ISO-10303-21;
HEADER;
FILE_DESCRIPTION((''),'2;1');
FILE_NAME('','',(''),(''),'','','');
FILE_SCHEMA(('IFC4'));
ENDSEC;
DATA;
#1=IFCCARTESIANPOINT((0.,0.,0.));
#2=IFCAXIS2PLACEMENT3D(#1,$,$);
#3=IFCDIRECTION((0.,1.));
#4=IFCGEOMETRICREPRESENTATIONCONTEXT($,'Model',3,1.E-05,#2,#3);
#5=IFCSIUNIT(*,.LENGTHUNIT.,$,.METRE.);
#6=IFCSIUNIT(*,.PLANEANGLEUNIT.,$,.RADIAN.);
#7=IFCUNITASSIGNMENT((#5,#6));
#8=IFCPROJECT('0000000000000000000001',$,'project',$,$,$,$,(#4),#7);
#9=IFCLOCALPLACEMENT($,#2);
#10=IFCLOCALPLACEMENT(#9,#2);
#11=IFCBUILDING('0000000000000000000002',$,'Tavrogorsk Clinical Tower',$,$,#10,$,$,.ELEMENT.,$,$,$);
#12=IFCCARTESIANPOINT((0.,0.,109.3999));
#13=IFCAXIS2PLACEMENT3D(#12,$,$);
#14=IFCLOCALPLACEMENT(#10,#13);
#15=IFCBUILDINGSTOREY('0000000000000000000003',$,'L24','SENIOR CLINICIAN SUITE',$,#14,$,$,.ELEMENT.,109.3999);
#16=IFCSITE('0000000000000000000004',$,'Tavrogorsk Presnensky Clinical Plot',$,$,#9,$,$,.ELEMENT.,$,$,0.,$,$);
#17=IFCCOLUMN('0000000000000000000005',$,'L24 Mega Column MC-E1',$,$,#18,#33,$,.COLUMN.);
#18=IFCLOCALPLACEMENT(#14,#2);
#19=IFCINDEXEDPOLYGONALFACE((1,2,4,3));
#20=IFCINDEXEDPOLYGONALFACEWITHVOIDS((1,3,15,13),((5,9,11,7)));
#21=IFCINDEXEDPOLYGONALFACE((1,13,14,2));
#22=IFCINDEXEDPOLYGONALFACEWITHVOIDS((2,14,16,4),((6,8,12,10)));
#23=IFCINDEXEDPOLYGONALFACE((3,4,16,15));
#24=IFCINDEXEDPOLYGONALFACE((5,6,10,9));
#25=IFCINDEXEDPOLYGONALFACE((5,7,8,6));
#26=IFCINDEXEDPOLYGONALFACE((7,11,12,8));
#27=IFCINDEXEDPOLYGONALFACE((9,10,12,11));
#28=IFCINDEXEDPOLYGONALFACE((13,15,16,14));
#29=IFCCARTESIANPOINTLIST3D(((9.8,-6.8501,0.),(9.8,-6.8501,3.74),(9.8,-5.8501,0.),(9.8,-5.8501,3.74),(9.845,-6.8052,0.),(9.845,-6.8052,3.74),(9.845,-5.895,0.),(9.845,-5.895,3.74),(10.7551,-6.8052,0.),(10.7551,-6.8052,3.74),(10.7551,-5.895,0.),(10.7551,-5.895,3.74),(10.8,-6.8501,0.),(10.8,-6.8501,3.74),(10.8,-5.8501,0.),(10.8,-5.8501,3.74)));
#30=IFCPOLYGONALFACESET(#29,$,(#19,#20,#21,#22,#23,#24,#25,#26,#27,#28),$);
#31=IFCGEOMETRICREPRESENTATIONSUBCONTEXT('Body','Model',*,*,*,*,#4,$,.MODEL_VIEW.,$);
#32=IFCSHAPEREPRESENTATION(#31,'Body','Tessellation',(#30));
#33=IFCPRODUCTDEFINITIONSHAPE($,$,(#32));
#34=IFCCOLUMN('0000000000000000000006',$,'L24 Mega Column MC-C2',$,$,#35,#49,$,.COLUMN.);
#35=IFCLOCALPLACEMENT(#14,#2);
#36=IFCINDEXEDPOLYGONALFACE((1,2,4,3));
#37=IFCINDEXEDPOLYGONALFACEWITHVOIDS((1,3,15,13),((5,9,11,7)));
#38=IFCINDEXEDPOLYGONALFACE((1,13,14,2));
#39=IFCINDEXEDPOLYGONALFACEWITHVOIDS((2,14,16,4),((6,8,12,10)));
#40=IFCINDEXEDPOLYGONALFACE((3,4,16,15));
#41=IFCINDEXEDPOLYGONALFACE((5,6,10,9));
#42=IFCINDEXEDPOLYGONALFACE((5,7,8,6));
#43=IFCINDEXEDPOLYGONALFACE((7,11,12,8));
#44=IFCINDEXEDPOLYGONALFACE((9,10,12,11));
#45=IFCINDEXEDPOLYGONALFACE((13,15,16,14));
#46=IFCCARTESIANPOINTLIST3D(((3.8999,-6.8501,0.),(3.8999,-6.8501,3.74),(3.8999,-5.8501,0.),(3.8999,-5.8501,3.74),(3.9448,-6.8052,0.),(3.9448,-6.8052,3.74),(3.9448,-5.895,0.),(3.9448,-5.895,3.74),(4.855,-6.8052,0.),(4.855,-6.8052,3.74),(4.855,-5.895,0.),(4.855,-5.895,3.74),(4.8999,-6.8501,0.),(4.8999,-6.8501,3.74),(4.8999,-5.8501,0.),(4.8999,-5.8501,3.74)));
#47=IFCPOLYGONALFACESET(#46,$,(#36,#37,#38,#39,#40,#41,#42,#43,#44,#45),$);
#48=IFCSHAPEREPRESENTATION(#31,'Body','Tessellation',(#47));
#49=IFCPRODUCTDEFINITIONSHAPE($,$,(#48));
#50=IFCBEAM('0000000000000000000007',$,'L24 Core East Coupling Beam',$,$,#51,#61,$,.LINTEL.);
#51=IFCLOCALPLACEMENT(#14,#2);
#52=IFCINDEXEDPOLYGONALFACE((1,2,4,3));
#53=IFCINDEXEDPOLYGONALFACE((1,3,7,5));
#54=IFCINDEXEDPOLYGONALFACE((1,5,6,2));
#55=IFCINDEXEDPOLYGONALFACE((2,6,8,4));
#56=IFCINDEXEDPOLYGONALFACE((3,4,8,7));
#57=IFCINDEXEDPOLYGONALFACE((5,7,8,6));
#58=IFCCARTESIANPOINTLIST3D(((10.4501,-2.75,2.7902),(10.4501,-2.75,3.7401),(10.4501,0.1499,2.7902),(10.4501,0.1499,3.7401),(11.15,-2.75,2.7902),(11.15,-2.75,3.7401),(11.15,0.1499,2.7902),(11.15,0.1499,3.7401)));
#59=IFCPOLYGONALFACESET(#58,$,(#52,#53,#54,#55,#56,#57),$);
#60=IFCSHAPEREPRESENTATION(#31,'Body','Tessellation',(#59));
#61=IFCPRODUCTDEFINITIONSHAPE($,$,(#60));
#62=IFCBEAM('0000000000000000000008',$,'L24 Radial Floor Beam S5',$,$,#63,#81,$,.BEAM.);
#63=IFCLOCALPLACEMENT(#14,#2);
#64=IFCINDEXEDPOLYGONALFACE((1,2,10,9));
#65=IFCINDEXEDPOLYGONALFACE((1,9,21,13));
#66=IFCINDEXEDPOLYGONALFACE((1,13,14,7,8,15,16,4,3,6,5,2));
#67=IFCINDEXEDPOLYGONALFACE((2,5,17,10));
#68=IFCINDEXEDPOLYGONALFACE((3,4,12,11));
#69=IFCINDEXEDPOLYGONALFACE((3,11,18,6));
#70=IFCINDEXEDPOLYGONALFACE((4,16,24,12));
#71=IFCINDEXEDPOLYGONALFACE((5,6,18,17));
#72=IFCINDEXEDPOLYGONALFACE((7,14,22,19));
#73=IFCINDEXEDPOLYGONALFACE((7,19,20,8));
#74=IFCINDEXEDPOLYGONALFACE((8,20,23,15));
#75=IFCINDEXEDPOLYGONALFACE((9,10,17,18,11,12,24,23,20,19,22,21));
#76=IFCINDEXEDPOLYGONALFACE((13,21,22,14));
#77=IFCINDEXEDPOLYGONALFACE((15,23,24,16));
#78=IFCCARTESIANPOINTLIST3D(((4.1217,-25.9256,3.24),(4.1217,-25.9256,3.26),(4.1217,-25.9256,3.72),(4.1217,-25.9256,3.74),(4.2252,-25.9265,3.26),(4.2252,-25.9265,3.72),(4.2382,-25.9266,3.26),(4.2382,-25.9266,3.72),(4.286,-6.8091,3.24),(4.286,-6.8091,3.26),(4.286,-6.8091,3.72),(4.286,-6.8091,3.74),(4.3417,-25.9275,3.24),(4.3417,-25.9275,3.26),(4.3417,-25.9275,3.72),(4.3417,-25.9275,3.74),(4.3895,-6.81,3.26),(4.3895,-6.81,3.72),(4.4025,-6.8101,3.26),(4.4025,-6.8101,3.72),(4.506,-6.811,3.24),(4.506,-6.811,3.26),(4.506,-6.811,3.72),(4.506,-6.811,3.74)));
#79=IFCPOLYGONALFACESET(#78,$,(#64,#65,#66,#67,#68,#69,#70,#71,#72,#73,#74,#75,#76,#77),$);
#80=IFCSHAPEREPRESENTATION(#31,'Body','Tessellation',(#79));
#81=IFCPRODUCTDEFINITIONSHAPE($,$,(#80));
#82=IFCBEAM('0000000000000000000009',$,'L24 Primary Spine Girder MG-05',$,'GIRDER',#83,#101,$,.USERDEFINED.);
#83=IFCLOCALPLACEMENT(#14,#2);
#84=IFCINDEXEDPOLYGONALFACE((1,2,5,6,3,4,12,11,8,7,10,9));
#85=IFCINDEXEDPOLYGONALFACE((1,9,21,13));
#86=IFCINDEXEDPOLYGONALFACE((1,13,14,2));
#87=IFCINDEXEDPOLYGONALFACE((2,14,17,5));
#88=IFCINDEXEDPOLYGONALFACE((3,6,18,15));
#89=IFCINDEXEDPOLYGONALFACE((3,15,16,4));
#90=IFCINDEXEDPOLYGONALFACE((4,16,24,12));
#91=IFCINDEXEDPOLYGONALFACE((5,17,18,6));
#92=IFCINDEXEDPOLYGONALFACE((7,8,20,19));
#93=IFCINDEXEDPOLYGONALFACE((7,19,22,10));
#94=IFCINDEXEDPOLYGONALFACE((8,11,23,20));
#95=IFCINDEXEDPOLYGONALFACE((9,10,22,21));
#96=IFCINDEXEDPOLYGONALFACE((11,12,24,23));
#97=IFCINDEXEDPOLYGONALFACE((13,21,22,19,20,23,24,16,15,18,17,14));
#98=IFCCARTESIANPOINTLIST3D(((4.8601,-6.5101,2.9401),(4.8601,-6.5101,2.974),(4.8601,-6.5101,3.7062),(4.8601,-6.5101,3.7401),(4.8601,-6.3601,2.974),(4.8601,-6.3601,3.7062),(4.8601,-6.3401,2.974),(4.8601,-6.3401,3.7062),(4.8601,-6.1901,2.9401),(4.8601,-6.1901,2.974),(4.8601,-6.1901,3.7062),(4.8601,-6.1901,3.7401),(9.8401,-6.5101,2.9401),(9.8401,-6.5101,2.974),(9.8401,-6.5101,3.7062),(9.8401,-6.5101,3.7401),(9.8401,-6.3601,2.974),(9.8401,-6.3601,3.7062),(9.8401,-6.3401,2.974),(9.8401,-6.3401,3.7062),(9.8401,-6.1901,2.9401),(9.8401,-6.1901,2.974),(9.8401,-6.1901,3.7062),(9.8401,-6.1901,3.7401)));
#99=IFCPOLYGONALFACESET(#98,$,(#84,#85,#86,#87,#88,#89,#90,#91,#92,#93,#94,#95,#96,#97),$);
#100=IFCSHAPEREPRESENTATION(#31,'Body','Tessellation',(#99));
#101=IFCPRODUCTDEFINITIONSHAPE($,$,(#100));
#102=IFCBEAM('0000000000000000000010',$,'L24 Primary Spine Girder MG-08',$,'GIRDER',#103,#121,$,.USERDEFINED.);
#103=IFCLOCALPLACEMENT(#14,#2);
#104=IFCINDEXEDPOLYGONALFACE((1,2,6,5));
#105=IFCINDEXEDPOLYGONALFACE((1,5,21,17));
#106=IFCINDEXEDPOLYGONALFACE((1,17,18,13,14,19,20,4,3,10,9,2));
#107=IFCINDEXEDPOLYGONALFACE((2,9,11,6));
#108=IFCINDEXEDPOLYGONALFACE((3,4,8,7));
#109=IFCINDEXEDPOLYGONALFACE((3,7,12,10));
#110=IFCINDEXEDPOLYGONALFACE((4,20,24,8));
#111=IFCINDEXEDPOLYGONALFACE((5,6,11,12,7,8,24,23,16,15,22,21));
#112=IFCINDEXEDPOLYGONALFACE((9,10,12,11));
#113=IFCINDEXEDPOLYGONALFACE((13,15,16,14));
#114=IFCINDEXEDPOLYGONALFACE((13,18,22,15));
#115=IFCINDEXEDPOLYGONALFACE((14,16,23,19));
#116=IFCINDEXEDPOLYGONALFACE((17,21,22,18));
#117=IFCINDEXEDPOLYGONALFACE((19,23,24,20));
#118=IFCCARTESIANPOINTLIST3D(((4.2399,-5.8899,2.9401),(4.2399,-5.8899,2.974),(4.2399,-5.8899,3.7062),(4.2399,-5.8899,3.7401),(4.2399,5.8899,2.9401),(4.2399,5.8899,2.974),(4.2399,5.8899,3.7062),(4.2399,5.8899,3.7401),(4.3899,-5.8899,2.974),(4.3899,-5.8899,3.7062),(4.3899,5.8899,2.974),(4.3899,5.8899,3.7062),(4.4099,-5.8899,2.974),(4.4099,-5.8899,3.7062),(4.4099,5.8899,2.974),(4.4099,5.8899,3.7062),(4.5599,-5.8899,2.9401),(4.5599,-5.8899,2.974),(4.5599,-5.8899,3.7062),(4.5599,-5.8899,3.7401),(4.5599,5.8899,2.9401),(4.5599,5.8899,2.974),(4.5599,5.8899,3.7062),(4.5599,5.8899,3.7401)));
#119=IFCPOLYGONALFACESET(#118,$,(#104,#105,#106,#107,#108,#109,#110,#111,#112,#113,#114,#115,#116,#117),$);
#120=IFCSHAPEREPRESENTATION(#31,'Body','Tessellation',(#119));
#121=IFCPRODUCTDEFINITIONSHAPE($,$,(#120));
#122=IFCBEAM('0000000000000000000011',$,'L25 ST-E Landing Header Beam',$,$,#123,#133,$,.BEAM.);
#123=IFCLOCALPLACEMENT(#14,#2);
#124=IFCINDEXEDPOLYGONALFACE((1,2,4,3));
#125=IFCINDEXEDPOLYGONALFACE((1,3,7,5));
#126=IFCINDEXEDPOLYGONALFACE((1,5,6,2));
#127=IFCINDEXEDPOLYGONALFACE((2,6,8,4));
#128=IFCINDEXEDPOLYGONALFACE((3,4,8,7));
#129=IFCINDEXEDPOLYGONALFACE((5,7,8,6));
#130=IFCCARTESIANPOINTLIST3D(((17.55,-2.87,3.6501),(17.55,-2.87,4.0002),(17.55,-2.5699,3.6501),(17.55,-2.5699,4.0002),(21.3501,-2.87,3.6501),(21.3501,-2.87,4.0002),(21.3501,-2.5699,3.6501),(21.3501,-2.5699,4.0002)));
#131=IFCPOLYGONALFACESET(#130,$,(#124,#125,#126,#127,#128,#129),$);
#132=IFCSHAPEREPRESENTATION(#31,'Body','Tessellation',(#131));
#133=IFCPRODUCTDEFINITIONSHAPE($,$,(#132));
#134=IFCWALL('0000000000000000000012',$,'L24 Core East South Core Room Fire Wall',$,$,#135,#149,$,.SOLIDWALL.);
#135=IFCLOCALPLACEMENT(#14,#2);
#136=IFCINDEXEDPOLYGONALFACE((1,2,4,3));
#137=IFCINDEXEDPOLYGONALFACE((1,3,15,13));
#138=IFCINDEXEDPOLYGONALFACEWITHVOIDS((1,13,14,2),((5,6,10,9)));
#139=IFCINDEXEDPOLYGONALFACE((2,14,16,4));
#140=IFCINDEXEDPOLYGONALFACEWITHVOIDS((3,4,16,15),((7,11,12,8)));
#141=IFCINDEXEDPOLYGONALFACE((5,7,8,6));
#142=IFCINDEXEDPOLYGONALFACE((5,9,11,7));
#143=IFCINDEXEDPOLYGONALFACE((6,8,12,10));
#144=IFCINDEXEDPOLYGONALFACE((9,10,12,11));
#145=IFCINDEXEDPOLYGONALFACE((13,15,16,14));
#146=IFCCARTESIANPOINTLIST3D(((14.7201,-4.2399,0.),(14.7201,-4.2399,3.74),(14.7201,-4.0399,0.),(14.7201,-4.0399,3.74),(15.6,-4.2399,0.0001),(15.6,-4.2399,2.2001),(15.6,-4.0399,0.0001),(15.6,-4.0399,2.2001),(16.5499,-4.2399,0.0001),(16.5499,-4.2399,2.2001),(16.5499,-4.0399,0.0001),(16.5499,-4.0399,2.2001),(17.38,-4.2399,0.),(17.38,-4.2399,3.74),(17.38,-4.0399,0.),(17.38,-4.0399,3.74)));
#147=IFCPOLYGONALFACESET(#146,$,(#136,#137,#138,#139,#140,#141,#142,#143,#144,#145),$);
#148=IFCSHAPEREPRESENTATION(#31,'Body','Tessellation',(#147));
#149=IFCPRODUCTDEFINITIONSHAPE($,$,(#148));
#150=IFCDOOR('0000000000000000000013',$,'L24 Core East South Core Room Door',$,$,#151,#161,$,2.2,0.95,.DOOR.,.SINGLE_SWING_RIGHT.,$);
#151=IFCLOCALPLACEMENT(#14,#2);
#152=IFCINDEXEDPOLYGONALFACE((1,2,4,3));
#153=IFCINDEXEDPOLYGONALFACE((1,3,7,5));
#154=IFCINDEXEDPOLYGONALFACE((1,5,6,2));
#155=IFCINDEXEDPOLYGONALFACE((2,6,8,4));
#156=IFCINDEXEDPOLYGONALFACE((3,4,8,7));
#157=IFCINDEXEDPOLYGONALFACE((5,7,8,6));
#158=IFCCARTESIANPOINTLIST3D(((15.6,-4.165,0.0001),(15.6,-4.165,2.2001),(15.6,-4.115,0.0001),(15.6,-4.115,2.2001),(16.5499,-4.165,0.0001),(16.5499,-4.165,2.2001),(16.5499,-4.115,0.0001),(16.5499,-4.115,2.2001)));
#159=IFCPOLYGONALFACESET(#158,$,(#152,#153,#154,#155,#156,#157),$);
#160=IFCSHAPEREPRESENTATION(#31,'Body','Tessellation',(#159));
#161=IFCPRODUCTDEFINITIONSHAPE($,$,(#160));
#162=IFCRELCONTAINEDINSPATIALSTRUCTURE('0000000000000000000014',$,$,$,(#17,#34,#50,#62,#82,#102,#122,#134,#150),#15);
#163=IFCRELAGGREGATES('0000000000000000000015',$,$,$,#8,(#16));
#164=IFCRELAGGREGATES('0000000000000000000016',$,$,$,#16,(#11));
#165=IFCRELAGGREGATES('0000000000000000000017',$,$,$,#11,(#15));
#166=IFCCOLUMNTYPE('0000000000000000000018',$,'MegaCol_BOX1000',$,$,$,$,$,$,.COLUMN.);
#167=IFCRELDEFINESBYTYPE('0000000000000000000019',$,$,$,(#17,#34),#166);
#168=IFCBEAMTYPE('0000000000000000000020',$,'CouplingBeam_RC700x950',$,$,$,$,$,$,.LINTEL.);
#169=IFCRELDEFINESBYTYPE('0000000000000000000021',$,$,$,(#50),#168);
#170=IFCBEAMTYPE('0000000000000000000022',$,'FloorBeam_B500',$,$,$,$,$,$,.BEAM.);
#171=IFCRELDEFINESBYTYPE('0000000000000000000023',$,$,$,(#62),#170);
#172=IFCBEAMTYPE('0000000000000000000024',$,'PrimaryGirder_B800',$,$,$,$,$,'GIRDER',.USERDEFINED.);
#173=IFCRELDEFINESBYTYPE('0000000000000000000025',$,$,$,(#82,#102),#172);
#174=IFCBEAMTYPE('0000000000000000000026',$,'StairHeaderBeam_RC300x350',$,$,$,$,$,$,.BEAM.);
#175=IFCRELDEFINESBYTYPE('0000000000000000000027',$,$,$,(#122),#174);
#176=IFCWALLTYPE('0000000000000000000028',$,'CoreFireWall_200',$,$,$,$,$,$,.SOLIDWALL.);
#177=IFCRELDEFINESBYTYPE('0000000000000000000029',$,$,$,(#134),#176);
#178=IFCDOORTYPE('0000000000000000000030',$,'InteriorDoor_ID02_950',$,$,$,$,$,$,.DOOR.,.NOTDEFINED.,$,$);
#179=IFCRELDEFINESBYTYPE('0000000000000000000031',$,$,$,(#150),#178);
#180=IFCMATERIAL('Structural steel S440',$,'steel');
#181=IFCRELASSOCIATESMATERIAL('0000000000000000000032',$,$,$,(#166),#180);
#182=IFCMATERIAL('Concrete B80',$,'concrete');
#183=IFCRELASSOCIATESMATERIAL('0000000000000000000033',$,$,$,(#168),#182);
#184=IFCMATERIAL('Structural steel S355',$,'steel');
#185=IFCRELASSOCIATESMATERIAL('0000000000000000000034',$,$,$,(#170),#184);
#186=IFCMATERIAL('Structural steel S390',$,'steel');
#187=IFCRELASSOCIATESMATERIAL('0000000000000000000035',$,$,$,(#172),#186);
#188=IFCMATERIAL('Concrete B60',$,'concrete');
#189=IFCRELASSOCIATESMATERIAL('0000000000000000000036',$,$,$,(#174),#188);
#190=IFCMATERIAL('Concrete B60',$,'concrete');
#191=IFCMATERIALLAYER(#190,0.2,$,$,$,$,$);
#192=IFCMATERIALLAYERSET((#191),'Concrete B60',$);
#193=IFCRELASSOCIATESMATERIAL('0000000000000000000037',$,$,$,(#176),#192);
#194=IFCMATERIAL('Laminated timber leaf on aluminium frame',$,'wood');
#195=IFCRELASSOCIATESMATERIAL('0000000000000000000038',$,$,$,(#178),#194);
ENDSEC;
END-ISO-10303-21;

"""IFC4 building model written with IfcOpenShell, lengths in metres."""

from ifc_helpers import new_model, si_unit, direction, frame, frame_2d, origin, origin_2d, place, context, subcontext, project, spatial, rectangle, hollow_rectangle, i_section, extrude, material, layer, layer_set, material_profile, profile_set, type_object, element, fill, save


model = new_model("IFC4")

# Units and contexts
model_context = context("Model", 3, precision=1e-05, world=origin(), true_north=direction((0.0, 1.0)))
body_context = subcontext(model_context, "Body", "Model", "MODEL_VIEW")
ifc_project = project(units=[si_unit("LENGTHUNIT", "METRE"), si_unit("PLANEANGLEUNIT", "RADIAN")], contexts=[model_context])

# Site, building, storey
site_placement = place(None, origin())
site = spatial("IfcSite", under=ifc_project, at=site_placement, Name="Tavrogorsk Presnensky Clinical Plot", CompositionType="ELEMENT", RefElevation=0.0)
building_placement = place(site_placement, origin())
building = spatial("IfcBuilding", under=site, at=building_placement, Name="Tavrogorsk Clinical Tower", CompositionType="ELEMENT")
storey_placement = place(building_placement, frame((0.0, 0.0, 109.3999)))
storey = spatial("IfcBuildingStorey", under=building, at=storey_placement, Name="L24", Description="SENIOR CLINICIAN SUITE", CompositionType="ELEMENT", Elevation=109.3999)

# Columns
ifc_material_1 = material(Name="Structural steel S440", Category="steel")
ifc_material_profile_1 = material_profile(ifc_material_1, hollow_rectangle(XDim=1.0, YDim=1.0, WallThickness=0.0449, at=origin_2d()), Name="BOX-1000x1000x45")
ifc_profile_set_1 = profile_set([ifc_material_profile_1], Name="Structural steel S440")
column_type = type_object("IfcColumnType", Name="MegaCol_BOX1000", PredefinedType="COLUMN", material=ifc_profile_set_1)
for number, where, z_axis, x_axis, name in (
    (1, (10.3, -6.3501, 0.0), (0.0, 0.0, 1.0), (1.0, 0.0, 0.0), "L24 Mega Column MC-E1"),
    (2, (4.3999, -6.3501, 0.0), (0.0, 0.0, 1.0), (1.0, 0.0, 0.0), "L24 Mega Column MC-C2"),
):
    element("IfcColumn", number, at=place(storey_placement, frame(where, z_axis=z_axis, x_axis=x_axis)), inside=storey, type_object=column_type, Name=name, PredefinedType="COLUMN", context=body_context, shape_type="SweptSolid", body=[
        extrude(hollow_rectangle(XDim=1.0, YDim=1.0, WallThickness=0.0449, at=origin_2d()), origin(), (0.0, 0.0, 1.0), 3.74),
    ])

# Beams
ifc_material_2 = material(Name="Concrete B80", Category="concrete")
ifc_material_profile_2 = material_profile(ifc_material_2, rectangle(XDim=0.7, YDim=0.95, at=origin_2d()), Name="RC-CB-700x950")
ifc_profile_set_2 = profile_set([ifc_material_profile_2], Name="Concrete B80")
beam_type_1 = type_object("IfcBeamType", Name="CouplingBeam_RC700x950", PredefinedType="LINTEL", material=ifc_profile_set_2)
beam_1_placement = place(storey_placement, frame((10.8, -2.75, 3.2651), z_axis=(0.0, 1.0, 0.0), x_axis=(-1.0, 0.0, 0.0)))
element("IfcBeam", 3, at=beam_1_placement, inside=storey, type_object=beam_type_1, Name="L24 Core East Coupling Beam", PredefinedType="LINTEL", context=body_context, shape_type="SweptSolid", body=[
    extrude(rectangle(XDim=0.7, YDim=0.95, at=origin_2d()), origin(), (0.0, 0.0, 1.0), 2.8999),
])
ifc_material_3 = material(Name="Structural steel S355", Category="steel")
ifc_material_profile_3 = material_profile(ifc_material_3, i_section(OverallWidth=0.22, OverallDepth=0.5, WebThickness=0.0129, FlangeThickness=0.02, at=origin_2d()), Name="B-500x220x13x20")
ifc_profile_set_3 = profile_set([ifc_material_profile_3], Name="Structural steel S355")
beam_type_2 = type_object("IfcBeamType", Name="FloorBeam_B500", PredefinedType="BEAM", material=ifc_profile_set_3)
beam_2_placement = place(storey_placement, frame((4.396, -6.8101, 3.49), z_axis=(-0.008595, -0.999963, 0.0), x_axis=(0.999963, -0.008595, 0.0)))
element("IfcBeam", 4, at=beam_2_placement, inside=storey, type_object=beam_type_2, Name="L24 Radial Floor Beam S5", PredefinedType="BEAM", context=body_context, shape_type="SweptSolid", body=[
    extrude(i_section(OverallWidth=0.22, OverallDepth=0.5, WebThickness=0.0129, FlangeThickness=0.02, at=origin_2d()), origin(), (0.0, 0.0, 1.0), 19.1172),
])
ifc_material_4 = material(Name="Structural steel S390", Category="steel")
ifc_material_profile_4 = material_profile(ifc_material_4, i_section(OverallWidth=0.3201, OverallDepth=0.8, WebThickness=0.02, FlangeThickness=0.0339, at=origin_2d()), Name="B-800x320x20x34")
ifc_profile_set_4 = profile_set([ifc_material_profile_4], Name="Structural steel S390")
beam_type_3 = type_object("IfcBeamType", Name="PrimaryGirder_B800", ElementType="GIRDER", PredefinedType="USERDEFINED", material=ifc_profile_set_4)
beam_3_placement = place(storey_placement, frame((4.8601, -6.3501, 3.3401), z_axis=(1.0, 0.0, 0.0), x_axis=(0.0, 1.0, 0.0)))
element("IfcBeam", 5, at=beam_3_placement, inside=storey, type_object=beam_type_3, Name="L24 Primary Spine Girder MG-05", ObjectType="GIRDER", PredefinedType="USERDEFINED", context=body_context, shape_type="SweptSolid", body=[
    extrude(i_section(OverallWidth=0.3201, OverallDepth=0.8, WebThickness=0.02, FlangeThickness=0.0339, at=origin_2d()), origin(), (0.0, 0.0, 1.0), 4.98),
])
beam_4_placement = place(storey_placement, frame((4.3999, -5.8899, 3.3401), z_axis=(0.0, 1.0, 0.0), x_axis=(-1.0, 0.0, 0.0)))
element("IfcBeam", 6, at=beam_4_placement, inside=storey, type_object=beam_type_3, Name="L24 Primary Spine Girder MG-08", ObjectType="GIRDER", PredefinedType="USERDEFINED", context=body_context, shape_type="SweptSolid", body=[
    extrude(i_section(OverallWidth=0.3201, OverallDepth=0.8, WebThickness=0.02, FlangeThickness=0.0339, at=origin_2d()), origin(), (0.0, 0.0, 1.0), 11.7798),
])
ifc_material_5 = material(Name="Concrete B60", Category="concrete")
ifc_material_profile_5 = material_profile(ifc_material_5, rectangle(XDim=0.3, YDim=0.3501, at=origin_2d()), Name="RC-SHB-300x350")
ifc_profile_set_5 = profile_set([ifc_material_profile_5], Name="Concrete B60")
beam_type_4 = type_object("IfcBeamType", Name="StairHeaderBeam_RC300x350", PredefinedType="BEAM", material=ifc_profile_set_5)
beam_5_placement = place(storey_placement, frame((17.55, -2.72, 3.8252), z_axis=(1.0, 0.0, 0.0), x_axis=(0.0, 1.0, 0.0)))
element("IfcBeam", 7, at=beam_5_placement, inside=storey, type_object=beam_type_4, Name="L25 ST-E Landing Header Beam", PredefinedType="BEAM", context=body_context, shape_type="SweptSolid", body=[
    extrude(rectangle(XDim=0.3, YDim=0.3501, at=origin_2d()), origin(), (0.0, 0.0, 1.0), 3.8),
])

# Wall, opening, door
ifc_material_6 = material(Name="Concrete B60", Category="concrete")
ifc_layer_1 = layer(ifc_material_6, 0.2)
ifc_layer_set_1 = layer_set([ifc_layer_1], Name="Concrete B60")
wall_type_1 = type_object("IfcWallType", Name="CoreFireWall_200", PredefinedType="SOLIDWALL", material=ifc_layer_set_1)
wall_1_placement = place(storey_placement, frame((14.72, -4.1399, 0.0), z_axis=(0.0, 0.0, 1.0), x_axis=(1.0, 0.0, 0.0)))
wall_1 = element("IfcWall", 8, at=wall_1_placement, inside=storey, type_object=wall_type_1, Name="L24 Core East South Core Room Fire Wall", PredefinedType="SOLIDWALL", context=body_context, shape_type="SweptSolid", body=[
    extrude(rectangle(XDim=2.6599, YDim=0.2, at=frame_2d((1.3301, 0.0))), origin(), (0.0, 0.0, 1.0), 3.74),
])
opening_1_placement = place(wall_1_placement, frame((0.8799, 0.0, 0.0)))
opening_1 = element("IfcOpeningElement", 9, at=opening_1_placement, cuts=wall_1, PredefinedType="OPENING", context=body_context, shape_type="SweptSolid", body=[
    extrude(rectangle(XDim=0.95, YDim=2.2, at=frame_2d((0.4751, 1.1001))), frame((0.0, 0.1099, 0.0), z_axis=(0.0, -1.0, 0.0), x_axis=(1.0, 0.0, 0.0)), (0.0, 0.0, 1.0), 0.22),
])
ifc_material_7 = material(Name="Laminated timber leaf on aluminium frame", Category="wood")
door_type_1 = type_object("IfcDoorType", Name="InteriorDoor_ID02_950", OperationType="NOTDEFINED", PredefinedType="DOOR", material=ifc_material_7)
door_1_placement = place(opening_1_placement, origin())
door_1 = element("IfcDoor", 10, at=door_1_placement, inside=storey, type_object=door_type_1, Name="L24 Core East South Core Room Door", OperationType="SINGLE_SWING_RIGHT", OverallHeight=2.2, OverallWidth=0.95, PredefinedType="DOOR", context=body_context, shape_type="SweptSolid", body=[
    extrude(rectangle(XDim=0.95, YDim=2.2, at=frame_2d((0.4751, 1.1001))), frame((0.0, 0.0249, 0.0), z_axis=(0.0, -1.0, 0.0), x_axis=(1.0, 0.0, 0.0)), (0.0, 0.0, 1.0), 0.05),
])
fill(opening_1, door_1)

save(model, "model.ifc")
